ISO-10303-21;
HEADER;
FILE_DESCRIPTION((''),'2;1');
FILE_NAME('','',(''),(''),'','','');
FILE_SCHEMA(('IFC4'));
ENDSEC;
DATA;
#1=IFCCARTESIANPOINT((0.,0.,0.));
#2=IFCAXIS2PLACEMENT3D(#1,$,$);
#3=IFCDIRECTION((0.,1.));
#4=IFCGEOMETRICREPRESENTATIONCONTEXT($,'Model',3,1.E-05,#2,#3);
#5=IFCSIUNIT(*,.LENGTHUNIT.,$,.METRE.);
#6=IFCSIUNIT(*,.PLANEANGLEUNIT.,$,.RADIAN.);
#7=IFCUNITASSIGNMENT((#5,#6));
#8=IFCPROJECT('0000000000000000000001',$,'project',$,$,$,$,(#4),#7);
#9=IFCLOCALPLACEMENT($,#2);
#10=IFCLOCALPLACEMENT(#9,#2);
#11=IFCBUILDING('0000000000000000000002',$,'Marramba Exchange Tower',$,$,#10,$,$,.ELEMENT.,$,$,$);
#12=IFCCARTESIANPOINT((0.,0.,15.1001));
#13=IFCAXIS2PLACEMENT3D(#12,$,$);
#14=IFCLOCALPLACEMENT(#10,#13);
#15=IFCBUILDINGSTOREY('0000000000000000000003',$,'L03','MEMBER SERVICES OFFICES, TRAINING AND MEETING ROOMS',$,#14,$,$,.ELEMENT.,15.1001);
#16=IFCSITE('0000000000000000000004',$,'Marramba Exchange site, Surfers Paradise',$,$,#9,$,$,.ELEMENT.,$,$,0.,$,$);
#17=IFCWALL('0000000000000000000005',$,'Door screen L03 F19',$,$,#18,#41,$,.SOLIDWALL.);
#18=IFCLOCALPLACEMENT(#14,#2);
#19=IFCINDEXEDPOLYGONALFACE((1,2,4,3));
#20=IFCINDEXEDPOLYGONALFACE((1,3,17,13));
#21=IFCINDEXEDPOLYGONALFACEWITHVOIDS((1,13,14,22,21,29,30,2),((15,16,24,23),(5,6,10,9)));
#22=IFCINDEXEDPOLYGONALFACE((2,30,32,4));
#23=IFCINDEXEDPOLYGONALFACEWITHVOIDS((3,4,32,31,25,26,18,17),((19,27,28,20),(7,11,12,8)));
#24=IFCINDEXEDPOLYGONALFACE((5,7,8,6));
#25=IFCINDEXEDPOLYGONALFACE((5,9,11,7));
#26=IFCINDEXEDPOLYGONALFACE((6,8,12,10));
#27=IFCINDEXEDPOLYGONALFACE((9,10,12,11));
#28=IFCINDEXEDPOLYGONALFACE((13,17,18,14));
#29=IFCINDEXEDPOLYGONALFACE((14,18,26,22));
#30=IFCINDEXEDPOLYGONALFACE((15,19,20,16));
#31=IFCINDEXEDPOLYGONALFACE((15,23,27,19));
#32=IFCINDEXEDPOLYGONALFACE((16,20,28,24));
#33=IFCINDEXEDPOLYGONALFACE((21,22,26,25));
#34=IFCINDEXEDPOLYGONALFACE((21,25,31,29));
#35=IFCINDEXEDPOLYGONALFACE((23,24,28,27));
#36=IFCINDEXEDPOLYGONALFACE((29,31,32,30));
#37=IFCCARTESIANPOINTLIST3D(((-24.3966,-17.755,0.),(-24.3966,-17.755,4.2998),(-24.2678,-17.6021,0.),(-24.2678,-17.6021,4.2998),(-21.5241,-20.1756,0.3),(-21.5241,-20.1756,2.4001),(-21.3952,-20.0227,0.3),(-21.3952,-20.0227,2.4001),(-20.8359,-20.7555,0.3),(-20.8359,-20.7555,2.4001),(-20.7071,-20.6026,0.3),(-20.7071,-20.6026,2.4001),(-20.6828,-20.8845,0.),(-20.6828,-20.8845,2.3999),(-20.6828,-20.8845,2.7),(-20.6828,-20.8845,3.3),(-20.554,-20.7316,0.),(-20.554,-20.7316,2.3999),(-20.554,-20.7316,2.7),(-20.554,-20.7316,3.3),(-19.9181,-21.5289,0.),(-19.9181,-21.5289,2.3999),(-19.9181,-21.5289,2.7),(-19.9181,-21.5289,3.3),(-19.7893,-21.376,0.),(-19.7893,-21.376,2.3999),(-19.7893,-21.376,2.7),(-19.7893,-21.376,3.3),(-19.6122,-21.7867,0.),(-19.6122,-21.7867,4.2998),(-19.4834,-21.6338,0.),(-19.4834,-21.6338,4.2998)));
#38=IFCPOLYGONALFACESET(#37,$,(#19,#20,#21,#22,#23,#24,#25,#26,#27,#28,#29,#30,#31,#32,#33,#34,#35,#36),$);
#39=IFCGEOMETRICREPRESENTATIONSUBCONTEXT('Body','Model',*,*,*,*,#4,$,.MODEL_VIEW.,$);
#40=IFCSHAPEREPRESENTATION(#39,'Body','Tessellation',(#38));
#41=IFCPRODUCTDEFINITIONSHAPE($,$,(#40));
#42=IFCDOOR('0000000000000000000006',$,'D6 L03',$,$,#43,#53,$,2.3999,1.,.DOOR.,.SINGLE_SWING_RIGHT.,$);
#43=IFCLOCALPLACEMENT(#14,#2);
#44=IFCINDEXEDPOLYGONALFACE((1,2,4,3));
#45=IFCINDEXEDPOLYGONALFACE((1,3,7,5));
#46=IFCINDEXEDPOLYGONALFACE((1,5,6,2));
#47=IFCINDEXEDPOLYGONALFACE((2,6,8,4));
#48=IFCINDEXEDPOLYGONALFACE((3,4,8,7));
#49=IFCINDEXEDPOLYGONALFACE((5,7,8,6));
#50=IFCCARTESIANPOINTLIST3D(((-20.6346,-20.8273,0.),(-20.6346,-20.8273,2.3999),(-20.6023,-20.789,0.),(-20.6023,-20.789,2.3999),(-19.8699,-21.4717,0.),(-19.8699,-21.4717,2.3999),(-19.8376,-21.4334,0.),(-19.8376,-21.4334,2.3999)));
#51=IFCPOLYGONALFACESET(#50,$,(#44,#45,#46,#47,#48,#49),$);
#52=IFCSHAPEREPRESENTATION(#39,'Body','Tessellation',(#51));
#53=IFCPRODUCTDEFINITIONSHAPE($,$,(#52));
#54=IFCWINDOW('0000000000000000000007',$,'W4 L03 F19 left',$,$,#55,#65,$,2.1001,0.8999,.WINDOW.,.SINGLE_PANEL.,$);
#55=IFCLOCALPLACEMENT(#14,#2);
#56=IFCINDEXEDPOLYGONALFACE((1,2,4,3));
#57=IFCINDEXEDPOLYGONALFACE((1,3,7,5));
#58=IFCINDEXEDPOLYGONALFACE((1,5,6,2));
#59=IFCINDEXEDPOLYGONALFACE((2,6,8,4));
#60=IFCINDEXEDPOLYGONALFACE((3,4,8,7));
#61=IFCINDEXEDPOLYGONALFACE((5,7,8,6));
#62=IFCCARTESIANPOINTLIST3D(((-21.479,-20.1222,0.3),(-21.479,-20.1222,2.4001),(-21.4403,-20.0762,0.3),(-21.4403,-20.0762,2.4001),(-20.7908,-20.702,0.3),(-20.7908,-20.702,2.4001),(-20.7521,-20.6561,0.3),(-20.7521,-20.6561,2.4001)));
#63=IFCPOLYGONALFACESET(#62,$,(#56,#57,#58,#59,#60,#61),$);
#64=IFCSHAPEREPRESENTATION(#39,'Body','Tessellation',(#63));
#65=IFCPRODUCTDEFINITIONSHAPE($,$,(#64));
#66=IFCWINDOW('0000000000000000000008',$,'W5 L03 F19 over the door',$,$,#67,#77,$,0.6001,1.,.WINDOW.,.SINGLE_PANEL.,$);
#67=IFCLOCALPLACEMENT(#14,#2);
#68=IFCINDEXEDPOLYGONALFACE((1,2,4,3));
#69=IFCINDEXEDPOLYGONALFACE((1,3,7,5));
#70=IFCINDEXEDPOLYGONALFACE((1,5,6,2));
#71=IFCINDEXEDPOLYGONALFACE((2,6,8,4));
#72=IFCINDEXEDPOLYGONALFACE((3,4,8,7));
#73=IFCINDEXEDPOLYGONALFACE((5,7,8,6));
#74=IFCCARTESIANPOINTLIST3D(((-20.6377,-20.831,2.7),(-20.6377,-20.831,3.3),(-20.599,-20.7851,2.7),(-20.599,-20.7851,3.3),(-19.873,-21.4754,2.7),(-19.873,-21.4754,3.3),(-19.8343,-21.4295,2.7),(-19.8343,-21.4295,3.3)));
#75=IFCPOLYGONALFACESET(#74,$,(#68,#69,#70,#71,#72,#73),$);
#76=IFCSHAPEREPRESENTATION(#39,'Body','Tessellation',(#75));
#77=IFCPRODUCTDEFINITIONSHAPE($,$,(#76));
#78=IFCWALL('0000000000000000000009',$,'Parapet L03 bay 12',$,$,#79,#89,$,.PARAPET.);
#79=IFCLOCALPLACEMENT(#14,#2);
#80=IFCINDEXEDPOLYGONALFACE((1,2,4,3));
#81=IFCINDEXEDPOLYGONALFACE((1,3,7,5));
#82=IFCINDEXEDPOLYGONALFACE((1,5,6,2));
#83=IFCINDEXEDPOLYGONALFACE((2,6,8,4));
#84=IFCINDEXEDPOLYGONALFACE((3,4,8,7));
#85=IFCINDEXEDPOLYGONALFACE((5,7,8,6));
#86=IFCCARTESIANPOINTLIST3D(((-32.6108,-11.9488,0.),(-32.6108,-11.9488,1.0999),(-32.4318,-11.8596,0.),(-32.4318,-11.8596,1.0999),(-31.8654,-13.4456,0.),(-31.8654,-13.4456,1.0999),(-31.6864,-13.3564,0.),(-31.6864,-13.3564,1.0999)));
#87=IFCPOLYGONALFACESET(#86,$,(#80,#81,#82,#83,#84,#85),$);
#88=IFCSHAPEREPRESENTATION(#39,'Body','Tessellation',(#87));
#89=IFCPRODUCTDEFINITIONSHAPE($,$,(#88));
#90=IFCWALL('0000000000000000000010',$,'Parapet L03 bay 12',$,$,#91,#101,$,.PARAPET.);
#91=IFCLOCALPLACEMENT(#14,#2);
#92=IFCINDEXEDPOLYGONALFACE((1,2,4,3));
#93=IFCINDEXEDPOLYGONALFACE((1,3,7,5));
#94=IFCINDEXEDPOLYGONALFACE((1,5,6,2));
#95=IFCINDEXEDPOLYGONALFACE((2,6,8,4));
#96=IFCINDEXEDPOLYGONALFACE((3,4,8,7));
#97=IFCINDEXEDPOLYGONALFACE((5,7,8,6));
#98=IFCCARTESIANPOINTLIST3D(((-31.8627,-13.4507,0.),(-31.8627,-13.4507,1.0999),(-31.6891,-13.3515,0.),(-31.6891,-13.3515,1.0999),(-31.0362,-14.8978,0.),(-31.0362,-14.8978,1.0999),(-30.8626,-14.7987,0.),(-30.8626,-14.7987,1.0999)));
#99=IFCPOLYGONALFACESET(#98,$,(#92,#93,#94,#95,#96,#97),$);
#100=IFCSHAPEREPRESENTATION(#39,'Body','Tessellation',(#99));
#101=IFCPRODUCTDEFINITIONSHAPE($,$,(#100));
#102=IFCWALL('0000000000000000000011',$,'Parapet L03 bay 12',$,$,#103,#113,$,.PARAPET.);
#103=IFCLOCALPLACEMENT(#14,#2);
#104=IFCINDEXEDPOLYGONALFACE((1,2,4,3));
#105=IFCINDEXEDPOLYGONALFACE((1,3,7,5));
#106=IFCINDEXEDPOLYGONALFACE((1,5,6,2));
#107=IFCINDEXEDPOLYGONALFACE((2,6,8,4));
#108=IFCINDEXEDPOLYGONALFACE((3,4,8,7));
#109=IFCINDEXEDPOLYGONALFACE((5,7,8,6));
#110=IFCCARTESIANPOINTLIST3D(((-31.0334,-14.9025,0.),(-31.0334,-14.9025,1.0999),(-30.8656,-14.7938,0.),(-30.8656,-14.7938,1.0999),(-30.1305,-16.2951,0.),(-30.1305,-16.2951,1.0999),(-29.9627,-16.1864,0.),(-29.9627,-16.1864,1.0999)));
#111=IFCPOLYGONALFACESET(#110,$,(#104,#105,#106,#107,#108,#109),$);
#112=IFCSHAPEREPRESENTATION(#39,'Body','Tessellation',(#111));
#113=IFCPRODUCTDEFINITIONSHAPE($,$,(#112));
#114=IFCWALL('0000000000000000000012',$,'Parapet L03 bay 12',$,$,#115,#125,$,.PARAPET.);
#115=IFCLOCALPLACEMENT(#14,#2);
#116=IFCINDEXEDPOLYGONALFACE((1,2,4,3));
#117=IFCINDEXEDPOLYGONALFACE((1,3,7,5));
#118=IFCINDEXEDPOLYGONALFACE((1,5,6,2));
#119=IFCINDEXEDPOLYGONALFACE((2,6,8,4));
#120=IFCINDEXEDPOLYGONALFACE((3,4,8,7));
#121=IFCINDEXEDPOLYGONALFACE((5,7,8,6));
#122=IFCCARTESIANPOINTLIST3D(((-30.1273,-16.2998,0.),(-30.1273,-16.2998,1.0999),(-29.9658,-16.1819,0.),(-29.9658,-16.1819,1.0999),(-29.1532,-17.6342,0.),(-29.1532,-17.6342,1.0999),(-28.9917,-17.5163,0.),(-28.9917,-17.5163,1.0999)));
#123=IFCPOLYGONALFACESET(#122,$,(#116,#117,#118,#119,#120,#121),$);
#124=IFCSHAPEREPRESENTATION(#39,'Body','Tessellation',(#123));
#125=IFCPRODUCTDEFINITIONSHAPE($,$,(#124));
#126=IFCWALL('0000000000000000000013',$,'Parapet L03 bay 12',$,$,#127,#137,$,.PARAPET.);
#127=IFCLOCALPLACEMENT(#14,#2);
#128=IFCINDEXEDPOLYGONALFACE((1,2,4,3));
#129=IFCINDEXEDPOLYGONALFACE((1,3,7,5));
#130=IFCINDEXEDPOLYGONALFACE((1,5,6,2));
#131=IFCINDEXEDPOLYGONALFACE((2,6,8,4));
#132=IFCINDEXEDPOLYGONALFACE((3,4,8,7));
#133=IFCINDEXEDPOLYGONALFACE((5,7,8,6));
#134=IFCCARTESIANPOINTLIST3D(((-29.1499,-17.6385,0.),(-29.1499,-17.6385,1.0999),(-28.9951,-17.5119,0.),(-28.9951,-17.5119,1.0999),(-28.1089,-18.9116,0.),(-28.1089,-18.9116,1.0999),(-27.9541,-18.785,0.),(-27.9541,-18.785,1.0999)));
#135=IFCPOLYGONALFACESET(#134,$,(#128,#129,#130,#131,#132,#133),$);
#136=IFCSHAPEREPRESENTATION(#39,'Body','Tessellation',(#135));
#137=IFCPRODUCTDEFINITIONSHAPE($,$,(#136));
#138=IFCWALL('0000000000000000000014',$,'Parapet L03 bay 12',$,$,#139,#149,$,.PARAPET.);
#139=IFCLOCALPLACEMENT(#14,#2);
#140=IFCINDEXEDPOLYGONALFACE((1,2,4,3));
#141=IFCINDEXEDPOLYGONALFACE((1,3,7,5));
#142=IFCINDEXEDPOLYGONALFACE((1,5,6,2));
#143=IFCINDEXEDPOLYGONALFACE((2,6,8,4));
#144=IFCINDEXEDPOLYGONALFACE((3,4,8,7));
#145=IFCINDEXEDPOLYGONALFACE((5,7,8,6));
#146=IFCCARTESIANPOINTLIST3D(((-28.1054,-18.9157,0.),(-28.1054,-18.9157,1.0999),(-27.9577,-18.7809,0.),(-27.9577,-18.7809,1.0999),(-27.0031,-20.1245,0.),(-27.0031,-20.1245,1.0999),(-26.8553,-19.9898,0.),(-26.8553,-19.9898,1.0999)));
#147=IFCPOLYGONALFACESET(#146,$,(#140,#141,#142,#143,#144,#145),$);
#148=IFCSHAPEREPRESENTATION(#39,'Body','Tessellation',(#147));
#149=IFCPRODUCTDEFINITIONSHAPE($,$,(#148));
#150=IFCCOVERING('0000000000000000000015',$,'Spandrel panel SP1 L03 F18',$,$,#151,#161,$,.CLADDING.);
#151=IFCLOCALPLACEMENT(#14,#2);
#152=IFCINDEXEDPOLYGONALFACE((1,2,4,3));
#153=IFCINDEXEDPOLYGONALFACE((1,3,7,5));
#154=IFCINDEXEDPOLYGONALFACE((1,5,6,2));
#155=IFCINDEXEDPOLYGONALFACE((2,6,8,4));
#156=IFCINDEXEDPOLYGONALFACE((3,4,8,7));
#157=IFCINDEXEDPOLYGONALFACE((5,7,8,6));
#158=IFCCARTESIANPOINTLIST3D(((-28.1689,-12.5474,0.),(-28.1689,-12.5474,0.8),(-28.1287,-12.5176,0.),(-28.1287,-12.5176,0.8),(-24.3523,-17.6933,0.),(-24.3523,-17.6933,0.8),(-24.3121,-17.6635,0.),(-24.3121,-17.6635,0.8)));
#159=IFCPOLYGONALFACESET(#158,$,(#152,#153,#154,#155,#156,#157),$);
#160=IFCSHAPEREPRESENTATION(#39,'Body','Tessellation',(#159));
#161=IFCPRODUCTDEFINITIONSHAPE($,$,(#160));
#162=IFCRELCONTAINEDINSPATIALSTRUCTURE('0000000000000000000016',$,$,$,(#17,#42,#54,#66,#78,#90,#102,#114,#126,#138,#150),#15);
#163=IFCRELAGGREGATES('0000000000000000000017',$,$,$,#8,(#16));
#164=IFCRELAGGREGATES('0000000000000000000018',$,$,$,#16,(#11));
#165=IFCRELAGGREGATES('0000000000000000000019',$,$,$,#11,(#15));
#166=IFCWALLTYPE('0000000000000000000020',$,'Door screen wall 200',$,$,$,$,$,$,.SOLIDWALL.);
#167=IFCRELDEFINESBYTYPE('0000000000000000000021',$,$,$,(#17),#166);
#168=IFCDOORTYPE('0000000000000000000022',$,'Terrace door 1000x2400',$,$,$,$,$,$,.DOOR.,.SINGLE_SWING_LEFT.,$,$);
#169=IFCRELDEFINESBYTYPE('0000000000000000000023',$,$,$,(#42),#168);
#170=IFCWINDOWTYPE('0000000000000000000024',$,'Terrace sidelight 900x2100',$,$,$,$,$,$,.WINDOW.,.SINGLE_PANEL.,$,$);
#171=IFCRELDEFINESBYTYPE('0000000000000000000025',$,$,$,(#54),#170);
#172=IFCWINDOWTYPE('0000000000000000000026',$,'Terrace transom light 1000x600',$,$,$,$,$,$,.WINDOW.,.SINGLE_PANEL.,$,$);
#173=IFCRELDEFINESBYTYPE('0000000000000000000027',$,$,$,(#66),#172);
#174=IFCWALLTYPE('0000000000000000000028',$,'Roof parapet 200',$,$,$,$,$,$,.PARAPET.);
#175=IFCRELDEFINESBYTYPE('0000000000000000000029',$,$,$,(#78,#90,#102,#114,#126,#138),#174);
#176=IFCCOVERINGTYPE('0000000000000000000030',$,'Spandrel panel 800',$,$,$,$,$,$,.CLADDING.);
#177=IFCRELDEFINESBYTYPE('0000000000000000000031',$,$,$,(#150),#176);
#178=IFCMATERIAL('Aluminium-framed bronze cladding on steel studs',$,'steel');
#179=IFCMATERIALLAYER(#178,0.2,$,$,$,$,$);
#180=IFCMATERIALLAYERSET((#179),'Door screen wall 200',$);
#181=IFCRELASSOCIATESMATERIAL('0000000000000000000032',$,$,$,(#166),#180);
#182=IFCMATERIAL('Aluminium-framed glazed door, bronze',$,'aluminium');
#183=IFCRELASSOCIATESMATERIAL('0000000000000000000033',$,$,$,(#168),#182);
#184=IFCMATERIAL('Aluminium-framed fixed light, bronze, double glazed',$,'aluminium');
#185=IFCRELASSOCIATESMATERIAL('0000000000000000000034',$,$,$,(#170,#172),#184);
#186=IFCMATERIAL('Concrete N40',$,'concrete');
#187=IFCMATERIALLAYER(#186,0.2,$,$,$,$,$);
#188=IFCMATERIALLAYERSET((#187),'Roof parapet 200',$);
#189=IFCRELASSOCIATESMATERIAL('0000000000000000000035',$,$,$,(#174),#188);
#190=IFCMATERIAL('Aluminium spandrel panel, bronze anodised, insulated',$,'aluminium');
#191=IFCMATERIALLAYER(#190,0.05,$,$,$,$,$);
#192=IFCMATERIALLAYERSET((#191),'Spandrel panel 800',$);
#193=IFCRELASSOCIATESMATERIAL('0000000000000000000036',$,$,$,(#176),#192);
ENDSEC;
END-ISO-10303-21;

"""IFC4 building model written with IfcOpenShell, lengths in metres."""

from ifc_helpers import new_model, si_unit, direction, frame, frame_2d, origin, origin_2d, place, context, subcontext, project, spatial, rectangle, extrude, material, layer, layer_set, type_object, element, fill, save


model = new_model("IFC4")

# Units and contexts
model_context = context("Model", 3, precision=1e-05, world=origin(), true_north=direction((0.0, 1.0)))
body_context = subcontext(model_context, "Body", "Model", "MODEL_VIEW")
ifc_project = project(units=[si_unit("LENGTHUNIT", "METRE"), si_unit("PLANEANGLEUNIT", "RADIAN")], contexts=[model_context])

# Site, building, storey
site_placement = place(None, origin())
site = spatial("IfcSite", under=ifc_project, at=site_placement, Name="Marramba Exchange site, Surfers Paradise", CompositionType="ELEMENT", RefElevation=0.0)
building_placement = place(site_placement, origin())
building = spatial("IfcBuilding", under=site, at=building_placement, Name="Marramba Exchange Tower", CompositionType="ELEMENT")
storey_placement = place(building_placement, frame((0.0, 0.0, 15.1001)))
storey = spatial("IfcBuildingStorey", under=building, at=storey_placement, Name="L03", Description="MEMBER SERVICES OFFICES, TRAINING AND MEETING ROOMS", CompositionType="ELEMENT", Elevation=15.1001)

# Wall, openings, door, windows
ifc_material_1 = material(Name="Aluminium-framed bronze cladding on steel studs", Category="steel")
ifc_layer_1 = layer(ifc_material_1, 0.2)
ifc_layer_set_1 = layer_set([ifc_layer_1], Name="Door screen wall 200")
wall_type_1 = type_object("IfcWallType", Name="Door screen wall 200", PredefinedType="SOLIDWALL", material=ifc_layer_set_1)
wall_1_placement = place(storey_placement, frame((-24.3323, -17.6785, 0.0), z_axis=(0.0, 0.0, 1.0), x_axis=(0.764695, -0.644393, 0.0)))
wall_1 = element("IfcWall", 1, at=wall_1_placement, inside=storey, type_object=wall_type_1, Name="Door screen L03 F19", PredefinedType="SOLIDWALL", context=body_context, shape_type="SweptSolid", body=[
    extrude(rectangle(XDim=6.2566, YDim=0.2, at=frame_2d((3.1284, 0.0))), origin(), (0.0, 0.0, 1.0), 4.2998),
])
opening_1_placement = place(wall_1_placement, frame((4.8567, 0.0, 0.0)))
opening_1 = element("IfcOpeningElement", 2, at=opening_1_placement, cuts=wall_1, PredefinedType="OPENING", context=body_context, shape_type="SweptSolid", body=[
    extrude(rectangle(XDim=1.0, YDim=2.3999, at=frame_2d((0.5, 1.2))), frame((0.0, 0.1099, 0.0), z_axis=(0.0, -1.0, 0.0), x_axis=(1.0, 0.0, 0.0)), (0.0, 0.0, 1.0), 0.22),
])
opening_2_placement = place(wall_1_placement, frame((3.7566, 0.0, 0.3)))
opening_2 = element("IfcOpeningElement", 3, at=opening_2_placement, cuts=wall_1, PredefinedType="OPENING", context=body_context, shape_type="SweptSolid", body=[
    extrude(rectangle(XDim=0.8999, YDim=2.1001, at=frame_2d((0.45, 1.05))), frame((0.0, 0.1099, 0.0), z_axis=(0.0, -1.0, 0.0), x_axis=(1.0, 0.0, 0.0)), (0.0, 0.0, 1.0), 0.22),
])
opening_3_placement = place(wall_1_placement, frame((4.8567, 0.0, 2.7)))
opening_3 = element("IfcOpeningElement", 4, at=opening_3_placement, cuts=wall_1, PredefinedType="OPENING", context=body_context, shape_type="SweptSolid", body=[
    extrude(rectangle(XDim=1.0, YDim=0.6001, at=frame_2d((0.5, 0.3))), frame((0.0, 0.1099, 0.0), z_axis=(0.0, -1.0, 0.0), x_axis=(1.0, 0.0, 0.0)), (0.0, 0.0, 1.0), 0.22),
])
ifc_material_2 = material(Name="Aluminium-framed glazed door, bronze", Category="aluminium")
door_type = type_object("IfcDoorType", Name="Terrace door 1000x2400", OperationType="SINGLE_SWING_LEFT", PredefinedType="DOOR", material=ifc_material_2)
door_placement = place(opening_1_placement, frame((1.0, 0.0, 0.0), z_axis=(0.0, 0.0, 1.0), x_axis=(-1.0, 0.0, 0.0)))
door = element("IfcDoor", 5, at=door_placement, inside=storey, type_object=door_type, Name="D6 L03", OperationType="SINGLE_SWING_RIGHT", OverallHeight=2.3999, OverallWidth=1.0, PredefinedType="DOOR", context=body_context, shape_type="SweptSolid", body=[
    extrude(rectangle(XDim=1.0, YDim=2.3999, at=frame_2d((0.5, 1.2))), frame((0.0, 0.0251, 0.0), z_axis=(0.0, -1.0, 0.0), x_axis=(1.0, 0.0, 0.0)), (0.0, 0.0, 1.0), 0.05),
])
fill(opening_1, door)
ifc_material_3 = material(Name="Aluminium-framed fixed light, bronze, double glazed", Category="aluminium")
window_type_1 = type_object("IfcWindowType", Name="Terrace sidelight 900x2100", PartitioningType="SINGLE_PANEL", PredefinedType="WINDOW", material=ifc_material_3)
window_1_placement = place(opening_2_placement, origin())
window_1 = element("IfcWindow", 6, at=window_1_placement, inside=storey, type_object=window_type_1, Name="W4 L03 F19 left", OverallHeight=2.1001, OverallWidth=0.8999, PartitioningType="SINGLE_PANEL", PredefinedType="WINDOW", context=body_context, shape_type="SweptSolid", body=[
    extrude(rectangle(XDim=0.8999, YDim=2.1001, at=frame_2d((0.45, 1.05))), frame((0.0, 0.03, 0.0), z_axis=(0.0, -1.0, 0.0), x_axis=(1.0, 0.0, 0.0)), (0.0, 0.0, 1.0), 0.0601),
])
fill(opening_2, window_1)
window_type_2 = type_object("IfcWindowType", Name="Terrace transom light 1000x600", PartitioningType="SINGLE_PANEL", PredefinedType="WINDOW", material=ifc_material_3)
window_2_placement = place(opening_3_placement, origin())
window_2 = element("IfcWindow", 7, at=window_2_placement, inside=storey, type_object=window_type_2, Name="W5 L03 F19 over the door", OverallHeight=0.6001, OverallWidth=1.0, PartitioningType="SINGLE_PANEL", PredefinedType="WINDOW", context=body_context, shape_type="SweptSolid", body=[
    extrude(rectangle(XDim=1.0, YDim=0.6001, at=frame_2d((0.5, 0.3))), frame((0.0, 0.03, 0.0), z_axis=(0.0, -1.0, 0.0), x_axis=(1.0, 0.0, 0.0)), (0.0, 0.0, 1.0), 0.0601),
])
fill(opening_3, window_2)

# Walls
ifc_material_4 = material(Name="Concrete N40", Category="concrete")
ifc_layer_2 = layer(ifc_material_4, 0.2)
ifc_layer_set_2 = layer_set([ifc_layer_2], Name="Roof parapet 200")
wall_type_2 = type_object("IfcWallType", Name="Roof parapet 200", PredefinedType="PARAPET", material=ifc_layer_set_2)
wall_2_placement = place(storey_placement, frame((-32.5212, -11.9043, 0.0), z_axis=(0.0, 0.0, 1.0), x_axis=(0.445753, -0.895156, 0.0)))
element("IfcWall", 8, at=wall_2_placement, inside=storey, type_object=wall_type_2, Name="Parapet L03 bay 12", PredefinedType="PARAPET", context=body_context, shape_type="SweptSolid", body=[
    extrude(rectangle(XDim=1.6721, YDim=0.2, at=frame_2d((0.8359, 0.0))), origin(), (0.0, 0.0, 1.0), 1.0999),
])
wall_3_placement = place(storey_placement, frame((-31.7759, -13.4011, 0.0), z_axis=(0.0, 0.0, 1.0), x_axis=(0.495934, -0.86836, 0.0)))
element("IfcWall", 9, at=wall_3_placement, inside=storey, type_object=wall_type_2, Name="Parapet L03 bay 12", PredefinedType="PARAPET", context=body_context, shape_type="SweptSolid", body=[
    extrude(rectangle(XDim=1.6665, YDim=0.2, at=frame_2d((0.8333, 0.0))), origin(), (0.0, 0.0, 1.0), 1.0999),
])
wall_4_placement = place(storey_placement, frame((-30.9495, -14.8481, 0.0), z_axis=(0.0, 0.0, 1.0), x_axis=(0.543995, -0.839088, 0.0)))
element("IfcWall", 10, at=wall_4_placement, inside=storey, type_object=wall_type_2, Name="Parapet L03 bay 12", PredefinedType="PARAPET", context=body_context, shape_type="SweptSolid", body=[
    extrude(rectangle(XDim=1.6597, YDim=0.2, at=frame_2d((0.8298, 0.0))), origin(), (0.0, 0.0, 1.0), 1.0999),
])
wall_5_placement = place(storey_placement, frame((-30.0466, -16.2407, 0.0), z_axis=(0.0, 0.0, 1.0), x_axis=(0.589594, -0.8077, 0.0)))
element("IfcWall", 11, at=wall_5_placement, inside=storey, type_object=wall_type_2, Name="Parapet L03 bay 12", PredefinedType="PARAPET", context=body_context, shape_type="SweptSolid", body=[
    extrude(rectangle(XDim=1.6521, YDim=0.2, at=frame_2d((0.8262, 0.0))), origin(), (0.0, 0.0, 1.0), 1.0999),
])
wall_6_placement = place(storey_placement, frame((-29.0725, -17.5752, 0.0), z_axis=(0.0, 0.0, 1.0), x_axis=(0.632987, -0.774162, 0.0)))
element("IfcWall", 12, at=wall_6_placement, inside=storey, type_object=wall_type_2, Name="Parapet L03 bay 12", PredefinedType="PARAPET", context=body_context, shape_type="SweptSolid", body=[
    extrude(rectangle(XDim=1.6445, YDim=0.2, at=frame_2d((0.8223, 0.0))), origin(), (0.0, 0.0, 1.0), 1.0999),
])
wall_7_placement = place(storey_placement, frame((-28.0315, -18.8484, 0.0), z_axis=(0.0, 0.0, 1.0), x_axis=(0.673823, -0.738892, 0.0)))
element("IfcWall", 13, at=wall_7_placement, inside=storey, type_object=wall_type_2, Name="Parapet L03 bay 12", PredefinedType="PARAPET", context=body_context, shape_type="SweptSolid", body=[
    extrude(rectangle(XDim=1.636, YDim=0.2, at=frame_2d((0.8179, 0.0))), origin(), (0.0, 0.0, 1.0), 1.0999),
])

# Covering
ifc_material_5 = material(Name="Aluminium spandrel panel, bronze anodised, insulated", Category="aluminium")
ifc_layer_3 = layer(ifc_material_5, 0.05)
ifc_layer_set_3 = layer_set([ifc_layer_3], Name="Spandrel panel 800")
covering_type = type_object("IfcCoveringType", Name="Spandrel panel 800", PredefinedType="CLADDING", material=ifc_layer_set_3)
covering_placement = place(storey_placement, frame((-26.2405, -15.1055, 0.0), z_axis=(0.0, 0.0, 1.0), x_axis=(0.595709, -0.803201, 0.0)))
element("IfcCovering", 14, at=covering_placement, inside=storey, type_object=covering_type, Name="Spandrel panel SP1 L03 F18", PredefinedType="CLADDING", context=body_context, shape_type="SweptSolid", body=[
    extrude(rectangle(XDim=6.4067, YDim=0.05, at=origin_2d()), origin(), (0.0, 0.0, 1.0), 0.8),
])

save(model, "model.ifc")
